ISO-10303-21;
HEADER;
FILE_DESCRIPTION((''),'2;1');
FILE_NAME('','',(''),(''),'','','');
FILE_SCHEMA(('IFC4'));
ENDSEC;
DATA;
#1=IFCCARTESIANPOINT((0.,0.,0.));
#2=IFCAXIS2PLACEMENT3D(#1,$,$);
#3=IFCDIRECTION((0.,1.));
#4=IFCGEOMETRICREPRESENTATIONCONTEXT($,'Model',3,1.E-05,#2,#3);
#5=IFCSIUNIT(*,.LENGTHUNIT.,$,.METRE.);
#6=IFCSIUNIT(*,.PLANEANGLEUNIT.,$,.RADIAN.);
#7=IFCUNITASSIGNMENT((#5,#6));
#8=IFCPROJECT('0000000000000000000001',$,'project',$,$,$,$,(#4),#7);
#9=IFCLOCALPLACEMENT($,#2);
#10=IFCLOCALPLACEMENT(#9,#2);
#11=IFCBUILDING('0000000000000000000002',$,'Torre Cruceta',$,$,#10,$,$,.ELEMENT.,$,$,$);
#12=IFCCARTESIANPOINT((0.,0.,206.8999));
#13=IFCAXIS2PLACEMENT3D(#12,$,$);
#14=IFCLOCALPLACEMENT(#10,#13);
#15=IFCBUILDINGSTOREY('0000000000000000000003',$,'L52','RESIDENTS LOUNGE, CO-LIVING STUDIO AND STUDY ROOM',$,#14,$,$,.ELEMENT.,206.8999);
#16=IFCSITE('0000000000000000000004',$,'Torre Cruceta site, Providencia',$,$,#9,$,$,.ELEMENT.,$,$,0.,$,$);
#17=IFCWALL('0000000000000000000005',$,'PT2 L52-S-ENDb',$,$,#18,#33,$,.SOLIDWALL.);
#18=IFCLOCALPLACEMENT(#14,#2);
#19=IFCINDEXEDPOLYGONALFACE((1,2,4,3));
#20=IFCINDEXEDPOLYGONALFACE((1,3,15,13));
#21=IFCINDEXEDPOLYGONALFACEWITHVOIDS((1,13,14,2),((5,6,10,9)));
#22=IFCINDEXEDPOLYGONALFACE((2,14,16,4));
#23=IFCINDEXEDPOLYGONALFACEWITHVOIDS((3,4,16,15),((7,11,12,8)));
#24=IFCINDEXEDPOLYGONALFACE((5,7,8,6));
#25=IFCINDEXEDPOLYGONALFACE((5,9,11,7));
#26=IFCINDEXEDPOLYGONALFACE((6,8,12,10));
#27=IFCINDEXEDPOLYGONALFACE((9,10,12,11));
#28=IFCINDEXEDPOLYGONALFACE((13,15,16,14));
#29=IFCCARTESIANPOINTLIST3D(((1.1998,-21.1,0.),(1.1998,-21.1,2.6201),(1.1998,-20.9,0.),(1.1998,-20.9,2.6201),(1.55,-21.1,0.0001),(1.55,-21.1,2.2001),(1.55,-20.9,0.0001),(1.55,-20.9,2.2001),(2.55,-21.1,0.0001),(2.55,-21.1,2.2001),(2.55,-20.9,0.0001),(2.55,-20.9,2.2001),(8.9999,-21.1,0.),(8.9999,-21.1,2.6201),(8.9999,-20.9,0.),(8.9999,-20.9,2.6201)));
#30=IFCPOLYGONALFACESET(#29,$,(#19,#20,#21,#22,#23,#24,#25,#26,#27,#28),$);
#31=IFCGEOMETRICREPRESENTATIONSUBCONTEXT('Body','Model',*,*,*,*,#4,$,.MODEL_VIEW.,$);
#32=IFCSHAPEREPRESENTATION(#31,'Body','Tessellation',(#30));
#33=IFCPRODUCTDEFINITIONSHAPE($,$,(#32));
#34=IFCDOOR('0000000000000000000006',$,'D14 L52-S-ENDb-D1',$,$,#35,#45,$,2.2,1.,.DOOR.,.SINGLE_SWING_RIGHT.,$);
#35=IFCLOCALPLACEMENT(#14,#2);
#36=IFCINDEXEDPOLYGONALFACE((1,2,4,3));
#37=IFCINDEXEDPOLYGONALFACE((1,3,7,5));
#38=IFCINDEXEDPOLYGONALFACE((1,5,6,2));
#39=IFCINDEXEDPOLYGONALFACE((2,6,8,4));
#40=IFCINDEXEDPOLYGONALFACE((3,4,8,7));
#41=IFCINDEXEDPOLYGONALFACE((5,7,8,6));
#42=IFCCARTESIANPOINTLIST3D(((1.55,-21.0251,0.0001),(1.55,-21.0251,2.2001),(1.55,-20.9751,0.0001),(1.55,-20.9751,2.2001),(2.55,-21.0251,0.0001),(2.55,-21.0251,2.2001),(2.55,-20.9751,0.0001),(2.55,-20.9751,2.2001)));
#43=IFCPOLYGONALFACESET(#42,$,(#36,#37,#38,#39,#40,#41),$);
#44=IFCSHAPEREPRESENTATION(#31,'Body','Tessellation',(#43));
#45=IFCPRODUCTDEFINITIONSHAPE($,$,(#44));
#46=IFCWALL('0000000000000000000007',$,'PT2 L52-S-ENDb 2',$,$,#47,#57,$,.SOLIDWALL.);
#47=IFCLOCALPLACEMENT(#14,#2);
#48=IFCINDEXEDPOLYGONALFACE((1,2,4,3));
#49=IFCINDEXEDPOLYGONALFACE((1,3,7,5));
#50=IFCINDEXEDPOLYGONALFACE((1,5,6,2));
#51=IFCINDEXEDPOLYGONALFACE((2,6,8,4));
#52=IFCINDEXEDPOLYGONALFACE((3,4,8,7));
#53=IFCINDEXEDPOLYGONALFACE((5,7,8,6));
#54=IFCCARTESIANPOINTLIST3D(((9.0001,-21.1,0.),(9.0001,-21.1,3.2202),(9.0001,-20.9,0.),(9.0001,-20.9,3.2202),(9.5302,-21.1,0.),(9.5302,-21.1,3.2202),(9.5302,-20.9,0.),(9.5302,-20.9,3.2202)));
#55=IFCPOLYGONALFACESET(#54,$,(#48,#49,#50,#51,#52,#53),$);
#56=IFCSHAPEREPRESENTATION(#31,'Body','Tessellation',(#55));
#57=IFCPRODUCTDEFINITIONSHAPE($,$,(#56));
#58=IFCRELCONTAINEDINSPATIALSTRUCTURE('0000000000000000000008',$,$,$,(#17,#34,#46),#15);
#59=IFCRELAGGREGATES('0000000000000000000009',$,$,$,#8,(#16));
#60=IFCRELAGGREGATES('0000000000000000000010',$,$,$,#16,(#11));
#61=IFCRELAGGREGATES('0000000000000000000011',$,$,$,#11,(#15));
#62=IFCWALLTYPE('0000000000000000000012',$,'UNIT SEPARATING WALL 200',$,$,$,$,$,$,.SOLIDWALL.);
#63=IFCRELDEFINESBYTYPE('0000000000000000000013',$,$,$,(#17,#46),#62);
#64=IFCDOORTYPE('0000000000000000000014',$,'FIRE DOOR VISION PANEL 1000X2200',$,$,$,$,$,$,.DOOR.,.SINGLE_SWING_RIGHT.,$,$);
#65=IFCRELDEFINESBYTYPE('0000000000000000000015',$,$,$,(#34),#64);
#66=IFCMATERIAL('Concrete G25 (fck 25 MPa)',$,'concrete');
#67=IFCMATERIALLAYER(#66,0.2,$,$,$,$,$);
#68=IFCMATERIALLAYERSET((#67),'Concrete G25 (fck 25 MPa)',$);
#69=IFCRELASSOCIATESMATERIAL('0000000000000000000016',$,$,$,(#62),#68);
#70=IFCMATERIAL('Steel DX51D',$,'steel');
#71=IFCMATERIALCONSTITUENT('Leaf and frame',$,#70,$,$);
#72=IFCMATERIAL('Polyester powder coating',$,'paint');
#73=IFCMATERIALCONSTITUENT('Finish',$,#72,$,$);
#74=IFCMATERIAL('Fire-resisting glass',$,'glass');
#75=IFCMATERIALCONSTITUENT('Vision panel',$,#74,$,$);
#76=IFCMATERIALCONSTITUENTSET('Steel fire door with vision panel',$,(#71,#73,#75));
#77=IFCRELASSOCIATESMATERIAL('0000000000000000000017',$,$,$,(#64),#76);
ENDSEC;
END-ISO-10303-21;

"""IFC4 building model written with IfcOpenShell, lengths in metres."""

from ifc_helpers import new_model, si_unit, direction, frame, frame_2d, origin, place, context, subcontext, project, spatial, rectangle, extrude, material, layer, layer_set, constituent, constituent_set, type_object, element, fill, save


model = new_model("IFC4")

# Units and contexts
model_context = context("Model", 3, precision=1e-05, world=origin(), true_north=direction((0.0, 1.0)))
body_context = subcontext(model_context, "Body", "Model", "MODEL_VIEW")
ifc_project = project(units=[si_unit("LENGTHUNIT", "METRE"), si_unit("PLANEANGLEUNIT", "RADIAN")], contexts=[model_context])

# Site, building, storey
site_placement = place(None, origin())
site = spatial("IfcSite", under=ifc_project, at=site_placement, Name="Torre Cruceta site, Providencia", CompositionType="ELEMENT", RefElevation=0.0)
building_placement = place(site_placement, origin())
building = spatial("IfcBuilding", under=site, at=building_placement, Name="Torre Cruceta", CompositionType="ELEMENT")
storey_placement = place(building_placement, frame((0.0, 0.0, 206.8999)))
storey = spatial("IfcBuildingStorey", under=building, at=storey_placement, Name="L52", Description="RESIDENTS LOUNGE, CO-LIVING STUDIO AND STUDY ROOM", CompositionType="ELEMENT", Elevation=206.8999)

# Wall, opening, door
ifc_material_1 = material(Name="Concrete G25 (fck 25 MPa)", Category="concrete")
ifc_layer_1 = layer(ifc_material_1, 0.2)
ifc_layer_set_1 = layer_set([ifc_layer_1], Name="Concrete G25 (fck 25 MPa)")
wall_type_1 = type_object("IfcWallType", Name="UNIT SEPARATING WALL 200", PredefinedType="SOLIDWALL", material=ifc_layer_set_1)
wall_1_placement = place(storey_placement, frame((1.2, -21.0, 0.0), z_axis=(0.0, 0.0, 1.0), x_axis=(1.0, 0.0, 0.0)))
wall_1 = element("IfcWall", 1, at=wall_1_placement, inside=storey, type_object=wall_type_1, Name="PT2 L52-S-ENDb", PredefinedType="SOLIDWALL", context=body_context, shape_type="SweptSolid", body=[
    extrude(rectangle(XDim=7.8, YDim=0.2, at=frame_2d((3.8999, 0.0))), origin(), (0.0, 0.0, 1.0), 2.6201),
])
opening_1_placement = place(wall_1_placement, frame((0.3501, 0.0, 0.0)))
opening_1 = element("IfcOpeningElement", 2, at=opening_1_placement, cuts=wall_1, PredefinedType="OPENING", context=body_context, shape_type="SweptSolid", body=[
    extrude(rectangle(XDim=1.0, YDim=2.2, at=frame_2d((0.5, 1.1001))), frame((0.0, 0.1099, 0.0), z_axis=(0.0, -1.0, 0.0), x_axis=(1.0, 0.0, 0.0)), (0.0, 0.0, 1.0), 0.22),
])
ifc_material_2 = material(Name="Steel DX51D", Category="steel")
ifc_constituent_1 = constituent(ifc_material_2, Name="Leaf and frame")
ifc_material_3 = material(Name="Polyester powder coating", Category="paint")
ifc_constituent_2 = constituent(ifc_material_3, Name="Finish")
ifc_material_4 = material(Name="Fire-resisting glass", Category="glass")
ifc_constituent_3 = constituent(ifc_material_4, Name="Vision panel")
ifc_constituent_set_1 = constituent_set(constituents=[ifc_constituent_1, ifc_constituent_2, ifc_constituent_3], Name="Steel fire door with vision panel")
door_type_1 = type_object("IfcDoorType", Name="FIRE DOOR VISION PANEL 1000X2200", OperationType="SINGLE_SWING_RIGHT", PredefinedType="DOOR", material=ifc_constituent_set_1)
door_1_placement = place(opening_1_placement, frame((1.0, 0.0, 0.0), z_axis=(0.0, 0.0, 1.0), x_axis=(-1.0, 0.0, 0.0)))
door_1 = element("IfcDoor", 3, at=door_1_placement, inside=storey, type_object=door_type_1, Name="D14 L52-S-ENDb-D1", OperationType="SINGLE_SWING_RIGHT", OverallHeight=2.2, OverallWidth=1.0, PredefinedType="DOOR", context=body_context, shape_type="SweptSolid", body=[
    extrude(rectangle(XDim=1.0, YDim=2.2, at=frame_2d((0.5, 1.1001))), frame((0.0, 0.0251, 0.0), z_axis=(0.0, -1.0, 0.0), x_axis=(1.0, 0.0, 0.0)), (0.0, 0.0, 1.0), 0.05),
])
fill(opening_1, door_1)

# Wall
wall_2_placement = place(storey_placement, frame((9.0, -21.0, 0.0), z_axis=(0.0, 0.0, 1.0), x_axis=(1.0, 0.0, 0.0)))
element("IfcWall", 4, at=wall_2_placement, inside=storey, type_object=wall_type_1, Name="PT2 L52-S-ENDb 2", PredefinedType="SOLIDWALL", context=body_context, shape_type="SweptSolid", body=[
    extrude(rectangle(XDim=0.53, YDim=0.2, at=frame_2d((0.2651, 0.0))), origin(), (0.0, 0.0, 1.0), 3.2202),
])

save(model, "model.ifc")
